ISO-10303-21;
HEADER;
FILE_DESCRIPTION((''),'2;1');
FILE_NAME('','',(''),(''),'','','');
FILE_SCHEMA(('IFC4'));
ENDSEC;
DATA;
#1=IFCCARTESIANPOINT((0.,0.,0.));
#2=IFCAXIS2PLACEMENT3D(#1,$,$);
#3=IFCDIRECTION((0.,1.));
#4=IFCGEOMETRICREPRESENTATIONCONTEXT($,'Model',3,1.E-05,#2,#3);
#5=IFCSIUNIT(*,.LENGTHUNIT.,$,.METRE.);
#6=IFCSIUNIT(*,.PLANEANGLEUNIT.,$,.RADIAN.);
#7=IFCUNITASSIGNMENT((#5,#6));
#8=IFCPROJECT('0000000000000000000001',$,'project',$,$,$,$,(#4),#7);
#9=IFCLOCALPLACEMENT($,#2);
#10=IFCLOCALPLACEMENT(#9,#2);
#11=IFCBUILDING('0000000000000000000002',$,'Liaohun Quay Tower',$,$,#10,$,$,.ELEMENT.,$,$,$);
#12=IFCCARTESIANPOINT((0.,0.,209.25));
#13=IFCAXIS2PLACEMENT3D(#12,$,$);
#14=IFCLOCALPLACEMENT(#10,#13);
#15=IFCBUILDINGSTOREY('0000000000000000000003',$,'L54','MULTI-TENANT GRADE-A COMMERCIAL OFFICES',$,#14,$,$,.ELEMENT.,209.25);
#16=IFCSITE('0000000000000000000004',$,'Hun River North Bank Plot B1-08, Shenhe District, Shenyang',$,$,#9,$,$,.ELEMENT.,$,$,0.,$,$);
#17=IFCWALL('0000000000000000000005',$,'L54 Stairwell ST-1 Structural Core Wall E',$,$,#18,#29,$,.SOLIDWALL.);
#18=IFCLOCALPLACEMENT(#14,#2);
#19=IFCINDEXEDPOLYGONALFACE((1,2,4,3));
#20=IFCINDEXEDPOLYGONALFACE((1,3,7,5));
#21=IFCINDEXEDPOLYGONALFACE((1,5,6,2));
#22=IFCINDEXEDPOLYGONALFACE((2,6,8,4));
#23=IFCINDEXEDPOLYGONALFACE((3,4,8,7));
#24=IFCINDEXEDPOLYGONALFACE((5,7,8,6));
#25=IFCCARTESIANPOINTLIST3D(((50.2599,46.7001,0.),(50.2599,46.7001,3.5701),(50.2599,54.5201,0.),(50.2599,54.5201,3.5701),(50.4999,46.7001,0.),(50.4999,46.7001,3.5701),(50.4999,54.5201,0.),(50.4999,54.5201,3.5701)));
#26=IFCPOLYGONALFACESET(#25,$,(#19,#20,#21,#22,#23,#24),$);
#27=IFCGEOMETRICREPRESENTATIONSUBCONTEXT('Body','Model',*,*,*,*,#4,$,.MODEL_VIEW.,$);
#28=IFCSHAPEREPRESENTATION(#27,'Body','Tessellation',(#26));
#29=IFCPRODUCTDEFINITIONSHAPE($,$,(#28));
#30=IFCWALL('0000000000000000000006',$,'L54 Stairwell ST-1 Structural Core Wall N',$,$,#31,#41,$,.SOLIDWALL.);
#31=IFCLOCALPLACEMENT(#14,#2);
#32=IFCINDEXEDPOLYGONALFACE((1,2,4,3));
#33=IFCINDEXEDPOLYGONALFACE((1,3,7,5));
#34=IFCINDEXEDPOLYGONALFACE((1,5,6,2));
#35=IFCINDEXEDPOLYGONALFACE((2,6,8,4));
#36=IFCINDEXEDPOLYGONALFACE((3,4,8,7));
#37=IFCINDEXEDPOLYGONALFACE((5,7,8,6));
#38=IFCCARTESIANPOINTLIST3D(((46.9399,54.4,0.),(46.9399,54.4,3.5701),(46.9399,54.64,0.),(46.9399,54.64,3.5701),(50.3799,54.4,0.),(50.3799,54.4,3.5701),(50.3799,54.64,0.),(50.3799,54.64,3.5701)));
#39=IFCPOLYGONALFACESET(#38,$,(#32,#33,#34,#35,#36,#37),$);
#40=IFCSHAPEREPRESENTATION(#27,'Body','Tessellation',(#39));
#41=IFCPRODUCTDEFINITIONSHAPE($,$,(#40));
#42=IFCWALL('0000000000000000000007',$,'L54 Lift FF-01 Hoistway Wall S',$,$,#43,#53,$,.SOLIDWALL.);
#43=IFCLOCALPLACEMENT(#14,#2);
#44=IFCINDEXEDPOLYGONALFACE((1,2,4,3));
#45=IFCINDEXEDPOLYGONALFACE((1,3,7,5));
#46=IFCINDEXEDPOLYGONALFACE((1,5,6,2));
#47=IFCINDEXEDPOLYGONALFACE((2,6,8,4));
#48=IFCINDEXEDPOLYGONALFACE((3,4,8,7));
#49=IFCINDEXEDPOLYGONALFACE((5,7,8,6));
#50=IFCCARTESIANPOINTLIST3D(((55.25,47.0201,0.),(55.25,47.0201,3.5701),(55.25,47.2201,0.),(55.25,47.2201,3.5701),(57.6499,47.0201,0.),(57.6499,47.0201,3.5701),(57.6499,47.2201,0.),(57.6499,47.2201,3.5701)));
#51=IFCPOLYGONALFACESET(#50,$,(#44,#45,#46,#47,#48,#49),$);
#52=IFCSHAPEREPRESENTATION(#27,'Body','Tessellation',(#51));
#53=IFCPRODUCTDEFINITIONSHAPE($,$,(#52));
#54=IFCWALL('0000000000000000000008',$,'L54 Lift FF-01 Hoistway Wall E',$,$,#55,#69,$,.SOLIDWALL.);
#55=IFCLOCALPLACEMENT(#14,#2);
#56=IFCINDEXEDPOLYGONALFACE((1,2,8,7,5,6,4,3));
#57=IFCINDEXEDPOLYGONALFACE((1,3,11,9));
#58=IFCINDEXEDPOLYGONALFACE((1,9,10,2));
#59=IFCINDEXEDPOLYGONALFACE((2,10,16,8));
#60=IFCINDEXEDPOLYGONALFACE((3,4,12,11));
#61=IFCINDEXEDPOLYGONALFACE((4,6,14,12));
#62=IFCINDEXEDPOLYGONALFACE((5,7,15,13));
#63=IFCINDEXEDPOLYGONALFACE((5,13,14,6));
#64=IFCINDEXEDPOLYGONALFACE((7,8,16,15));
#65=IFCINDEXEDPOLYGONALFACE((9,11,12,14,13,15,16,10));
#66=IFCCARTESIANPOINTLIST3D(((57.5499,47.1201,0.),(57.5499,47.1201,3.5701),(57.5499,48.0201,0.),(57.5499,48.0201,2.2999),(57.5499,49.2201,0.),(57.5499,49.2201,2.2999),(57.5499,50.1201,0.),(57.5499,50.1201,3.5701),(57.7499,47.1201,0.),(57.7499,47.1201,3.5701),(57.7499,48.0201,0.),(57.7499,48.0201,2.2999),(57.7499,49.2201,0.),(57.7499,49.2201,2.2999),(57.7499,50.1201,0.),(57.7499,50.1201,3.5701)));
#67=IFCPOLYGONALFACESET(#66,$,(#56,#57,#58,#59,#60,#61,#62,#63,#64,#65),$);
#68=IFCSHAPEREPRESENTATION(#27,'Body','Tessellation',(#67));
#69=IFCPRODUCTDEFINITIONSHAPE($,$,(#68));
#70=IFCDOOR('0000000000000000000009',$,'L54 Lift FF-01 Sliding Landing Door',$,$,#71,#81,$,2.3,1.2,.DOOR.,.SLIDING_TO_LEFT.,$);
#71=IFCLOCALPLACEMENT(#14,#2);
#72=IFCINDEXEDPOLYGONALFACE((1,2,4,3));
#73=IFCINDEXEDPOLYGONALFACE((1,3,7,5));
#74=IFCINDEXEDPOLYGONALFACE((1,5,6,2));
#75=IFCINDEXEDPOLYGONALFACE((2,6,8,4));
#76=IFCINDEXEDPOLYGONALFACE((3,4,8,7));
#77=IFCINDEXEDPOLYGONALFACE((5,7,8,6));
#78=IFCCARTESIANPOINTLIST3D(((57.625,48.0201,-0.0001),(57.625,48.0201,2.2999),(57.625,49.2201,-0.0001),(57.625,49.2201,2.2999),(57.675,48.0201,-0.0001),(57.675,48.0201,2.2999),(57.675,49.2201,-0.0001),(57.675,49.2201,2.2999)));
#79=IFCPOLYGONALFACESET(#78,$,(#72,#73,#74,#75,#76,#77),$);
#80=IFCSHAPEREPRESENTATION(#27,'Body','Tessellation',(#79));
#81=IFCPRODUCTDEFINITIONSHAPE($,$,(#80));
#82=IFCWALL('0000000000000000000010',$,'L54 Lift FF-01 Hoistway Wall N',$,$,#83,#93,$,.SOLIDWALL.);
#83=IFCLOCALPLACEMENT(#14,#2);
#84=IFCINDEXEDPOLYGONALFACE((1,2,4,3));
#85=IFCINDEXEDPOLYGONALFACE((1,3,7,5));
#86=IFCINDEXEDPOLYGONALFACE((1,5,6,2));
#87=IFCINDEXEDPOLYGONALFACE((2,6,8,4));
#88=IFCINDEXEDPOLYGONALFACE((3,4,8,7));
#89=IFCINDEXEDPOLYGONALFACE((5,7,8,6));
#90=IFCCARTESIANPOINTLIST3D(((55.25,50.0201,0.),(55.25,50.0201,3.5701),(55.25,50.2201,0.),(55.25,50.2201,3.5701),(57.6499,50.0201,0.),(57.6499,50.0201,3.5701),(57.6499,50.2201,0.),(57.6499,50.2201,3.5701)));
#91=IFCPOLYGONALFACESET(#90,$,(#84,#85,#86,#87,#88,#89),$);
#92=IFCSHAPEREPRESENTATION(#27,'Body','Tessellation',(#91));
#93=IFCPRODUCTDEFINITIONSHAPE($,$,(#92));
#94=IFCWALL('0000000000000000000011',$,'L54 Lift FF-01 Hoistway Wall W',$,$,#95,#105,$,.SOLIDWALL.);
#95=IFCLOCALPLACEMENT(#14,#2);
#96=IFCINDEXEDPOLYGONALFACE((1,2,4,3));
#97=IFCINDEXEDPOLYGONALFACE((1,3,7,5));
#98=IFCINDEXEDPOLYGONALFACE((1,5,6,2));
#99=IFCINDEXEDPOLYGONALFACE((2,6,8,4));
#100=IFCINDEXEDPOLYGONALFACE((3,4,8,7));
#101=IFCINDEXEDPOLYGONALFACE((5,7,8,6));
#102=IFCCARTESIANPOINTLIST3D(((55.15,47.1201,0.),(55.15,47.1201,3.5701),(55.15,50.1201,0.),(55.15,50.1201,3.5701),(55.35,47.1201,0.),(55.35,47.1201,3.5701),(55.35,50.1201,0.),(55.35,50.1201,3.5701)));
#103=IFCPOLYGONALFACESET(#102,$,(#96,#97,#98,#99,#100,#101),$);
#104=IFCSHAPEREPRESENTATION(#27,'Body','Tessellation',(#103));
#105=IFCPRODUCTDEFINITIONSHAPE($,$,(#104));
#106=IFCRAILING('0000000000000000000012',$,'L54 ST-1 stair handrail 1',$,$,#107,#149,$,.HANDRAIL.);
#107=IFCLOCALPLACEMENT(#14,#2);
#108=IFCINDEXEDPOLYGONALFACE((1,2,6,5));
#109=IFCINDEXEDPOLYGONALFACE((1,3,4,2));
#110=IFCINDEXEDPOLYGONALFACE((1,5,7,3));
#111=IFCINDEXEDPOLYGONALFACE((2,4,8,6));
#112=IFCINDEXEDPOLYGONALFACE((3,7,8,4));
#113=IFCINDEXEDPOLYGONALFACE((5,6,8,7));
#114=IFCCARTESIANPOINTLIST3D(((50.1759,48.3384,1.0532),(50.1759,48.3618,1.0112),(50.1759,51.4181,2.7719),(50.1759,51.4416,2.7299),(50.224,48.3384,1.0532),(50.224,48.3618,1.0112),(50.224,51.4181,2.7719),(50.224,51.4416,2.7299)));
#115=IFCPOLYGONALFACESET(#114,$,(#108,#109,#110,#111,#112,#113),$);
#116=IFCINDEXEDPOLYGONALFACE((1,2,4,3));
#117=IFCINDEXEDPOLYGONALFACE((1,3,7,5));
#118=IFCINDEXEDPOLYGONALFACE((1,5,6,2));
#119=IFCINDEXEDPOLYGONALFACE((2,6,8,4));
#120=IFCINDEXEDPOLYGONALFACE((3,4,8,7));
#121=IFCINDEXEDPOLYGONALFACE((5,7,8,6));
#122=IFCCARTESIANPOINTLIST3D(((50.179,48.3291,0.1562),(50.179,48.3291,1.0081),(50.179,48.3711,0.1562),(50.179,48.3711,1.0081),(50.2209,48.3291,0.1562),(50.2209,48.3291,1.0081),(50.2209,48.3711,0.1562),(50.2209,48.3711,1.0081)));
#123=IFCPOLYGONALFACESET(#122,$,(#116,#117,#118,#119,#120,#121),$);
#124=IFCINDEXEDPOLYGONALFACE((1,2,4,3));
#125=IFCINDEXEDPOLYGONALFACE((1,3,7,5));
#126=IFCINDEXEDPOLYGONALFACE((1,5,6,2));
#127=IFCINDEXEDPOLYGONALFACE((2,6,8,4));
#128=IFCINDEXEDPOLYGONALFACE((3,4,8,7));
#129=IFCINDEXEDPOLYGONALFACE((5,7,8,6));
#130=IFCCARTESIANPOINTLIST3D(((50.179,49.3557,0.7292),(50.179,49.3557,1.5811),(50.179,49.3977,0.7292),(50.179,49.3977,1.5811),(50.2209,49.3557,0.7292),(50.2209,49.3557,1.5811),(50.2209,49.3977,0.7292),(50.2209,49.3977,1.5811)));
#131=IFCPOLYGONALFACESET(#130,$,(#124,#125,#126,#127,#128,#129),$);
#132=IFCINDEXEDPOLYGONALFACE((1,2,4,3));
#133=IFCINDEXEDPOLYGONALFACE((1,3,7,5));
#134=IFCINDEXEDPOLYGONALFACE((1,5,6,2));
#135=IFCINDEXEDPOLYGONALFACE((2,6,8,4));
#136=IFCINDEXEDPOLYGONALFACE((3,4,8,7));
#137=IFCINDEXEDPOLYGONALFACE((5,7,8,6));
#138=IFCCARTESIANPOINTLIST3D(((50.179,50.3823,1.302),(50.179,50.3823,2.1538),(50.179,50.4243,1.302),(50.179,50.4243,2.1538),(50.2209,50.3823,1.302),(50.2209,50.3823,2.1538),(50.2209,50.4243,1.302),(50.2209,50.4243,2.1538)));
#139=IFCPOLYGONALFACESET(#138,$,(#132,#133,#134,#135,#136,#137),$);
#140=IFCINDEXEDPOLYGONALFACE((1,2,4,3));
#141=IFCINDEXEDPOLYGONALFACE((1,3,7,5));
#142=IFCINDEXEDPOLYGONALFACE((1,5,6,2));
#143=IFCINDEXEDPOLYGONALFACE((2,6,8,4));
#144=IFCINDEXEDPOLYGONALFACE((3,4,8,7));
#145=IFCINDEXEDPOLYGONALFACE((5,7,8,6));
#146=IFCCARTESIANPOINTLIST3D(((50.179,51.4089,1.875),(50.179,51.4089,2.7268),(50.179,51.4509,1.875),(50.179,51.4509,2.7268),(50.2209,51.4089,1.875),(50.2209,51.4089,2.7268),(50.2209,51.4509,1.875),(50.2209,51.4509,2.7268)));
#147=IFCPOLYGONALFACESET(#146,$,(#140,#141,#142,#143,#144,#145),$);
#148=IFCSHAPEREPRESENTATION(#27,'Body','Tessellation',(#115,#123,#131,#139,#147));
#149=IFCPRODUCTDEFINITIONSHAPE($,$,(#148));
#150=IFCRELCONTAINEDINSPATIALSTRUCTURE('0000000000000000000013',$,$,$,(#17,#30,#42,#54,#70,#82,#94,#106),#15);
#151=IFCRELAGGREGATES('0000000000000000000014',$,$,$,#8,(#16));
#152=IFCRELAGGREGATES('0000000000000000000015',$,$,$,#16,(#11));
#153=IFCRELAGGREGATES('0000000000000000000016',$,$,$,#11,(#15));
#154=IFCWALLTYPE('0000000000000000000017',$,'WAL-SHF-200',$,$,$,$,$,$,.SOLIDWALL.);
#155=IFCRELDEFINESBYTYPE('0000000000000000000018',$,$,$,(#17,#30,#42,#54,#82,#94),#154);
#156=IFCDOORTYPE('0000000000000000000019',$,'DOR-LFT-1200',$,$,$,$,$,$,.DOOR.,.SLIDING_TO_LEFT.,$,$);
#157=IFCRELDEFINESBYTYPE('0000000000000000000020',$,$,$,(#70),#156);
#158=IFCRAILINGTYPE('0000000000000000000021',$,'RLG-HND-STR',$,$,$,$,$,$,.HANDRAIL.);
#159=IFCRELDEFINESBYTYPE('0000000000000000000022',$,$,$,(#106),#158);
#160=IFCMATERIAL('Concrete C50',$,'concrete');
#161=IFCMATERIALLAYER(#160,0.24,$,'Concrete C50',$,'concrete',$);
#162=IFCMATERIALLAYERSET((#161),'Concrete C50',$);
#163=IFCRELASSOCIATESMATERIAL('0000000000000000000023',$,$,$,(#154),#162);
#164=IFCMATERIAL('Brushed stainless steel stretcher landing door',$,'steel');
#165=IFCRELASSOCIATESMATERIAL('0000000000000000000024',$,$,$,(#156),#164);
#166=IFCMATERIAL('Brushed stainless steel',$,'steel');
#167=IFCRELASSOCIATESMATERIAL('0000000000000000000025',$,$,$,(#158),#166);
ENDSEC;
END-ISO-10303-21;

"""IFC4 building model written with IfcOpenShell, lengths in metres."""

from ifc_helpers import new_model, si_unit, direction, frame, frame_2d, origin, origin_2d, place, context, subcontext, project, spatial, rectangle, extrude, source, transform, mapped, material, layer, layer_set, type_object, element, fill, save


model = new_model("IFC4")

# Units and contexts
model_context = context("Model", 3, precision=1e-05, world=origin(), true_north=direction((0.0, 1.0)))
body_context = subcontext(model_context, "Body", "Model", "MODEL_VIEW")
ifc_project = project(units=[si_unit("LENGTHUNIT", "METRE"), si_unit("PLANEANGLEUNIT", "RADIAN")], contexts=[model_context])

# Site, building, storey
site_placement = place(None, origin())
site = spatial("IfcSite", under=ifc_project, at=site_placement, Name="Hun River North Bank Plot B1-08, Shenhe District, Shenyang", CompositionType="ELEMENT", RefElevation=0.0)
building_placement = place(site_placement, origin())
building = spatial("IfcBuilding", under=site, at=building_placement, Name="Liaohun Quay Tower", CompositionType="ELEMENT")
storey_placement = place(building_placement, frame((0.0, 0.0, 209.25)))
storey = spatial("IfcBuildingStorey", under=building, at=storey_placement, Name="L54", Description="MULTI-TENANT GRADE-A COMMERCIAL OFFICES", CompositionType="ELEMENT", Elevation=209.25)

# Walls
ifc_material_1 = material(Name="Concrete C50", Category="concrete")
ifc_layer_1 = layer(ifc_material_1, 0.24, Name="Concrete C50", Category="concrete")
ifc_layer_set_1 = layer_set([ifc_layer_1], Name="Concrete C50")
wall_type_1 = type_object("IfcWallType", Name="WAL-SHF-200", PredefinedType="SOLIDWALL", material=ifc_layer_set_1)
wall_1_placement = place(storey_placement, frame((50.3799, 46.7, 0.0), z_axis=(0.0, 0.0, 1.0), x_axis=(0.0, 1.0, 0.0)))
element("IfcWall", 1, at=wall_1_placement, inside=storey, type_object=wall_type_1, Name="L54 Stairwell ST-1 Structural Core Wall E", PredefinedType="SOLIDWALL", context=body_context, shape_type="SweptSolid", body=[
    extrude(rectangle(XDim=7.8201, YDim=0.24, at=frame_2d((3.9102, 0.0))), origin(), (0.0, 0.0, 1.0), 3.5701),
])
wall_2_placement = place(storey_placement, frame((50.3799, 54.52, 0.0), z_axis=(0.0, 0.0, 1.0), x_axis=(-1.0, 0.0, 0.0)))
element("IfcWall", 2, at=wall_2_placement, inside=storey, type_object=wall_type_1, Name="L54 Stairwell ST-1 Structural Core Wall N", PredefinedType="SOLIDWALL", context=body_context, shape_type="SweptSolid", body=[
    extrude(rectangle(XDim=3.4399, YDim=0.24, at=frame_2d((1.72, 0.0))), origin(), (0.0, 0.0, 1.0), 3.5701),
])
wall_3_placement = place(storey_placement, frame((55.25, 47.1201, 0.0), z_axis=(0.0, 0.0, 1.0), x_axis=(1.0, 0.0, 0.0)))
element("IfcWall", 3, at=wall_3_placement, inside=storey, type_object=wall_type_1, Name="L54 Lift FF-01 Hoistway Wall S", PredefinedType="SOLIDWALL", context=body_context, shape_type="SweptSolid", body=[
    extrude(rectangle(XDim=2.3999, YDim=0.2, at=frame_2d((1.2, 0.0))), origin(), (0.0, 0.0, 1.0), 3.5701),
])

# Wall, opening, door
wall_4_placement = place(storey_placement, frame((57.6499, 47.1201, 0.0), z_axis=(0.0, 0.0, 1.0), x_axis=(0.0, 1.0, 0.0)))
wall_4 = element("IfcWall", 4, at=wall_4_placement, inside=storey, type_object=wall_type_1, Name="L54 Lift FF-01 Hoistway Wall E", PredefinedType="SOLIDWALL", context=body_context, shape_type="SweptSolid", body=[
    extrude(rectangle(XDim=3.0, YDim=0.2, at=frame_2d((1.5, 0.0))), origin(), (0.0, 0.0, 1.0), 3.5701),
])
shared_shape_1 = source(origin(), body_context, "Body", "SweptSolid", [
    extrude(rectangle(XDim=1.2, YDim=2.3, at=frame_2d((0.6001, 1.1499))), frame((0.0, 0.1099, 0.0), z_axis=(0.0, -1.0, 0.0), x_axis=(1.0, 0.0, 0.0)), (0.0, 0.0, 1.0), 0.22),
])
opening_1_placement = place(wall_4_placement, frame((0.8999, 0.0, 0.0)))
opening_1 = element("IfcOpeningElement", 5, at=opening_1_placement, cuts=wall_4, PredefinedType="OPENING", context=body_context, shape_type="MappedRepresentation", body=[
    mapped(shared_shape_1, transform((0.0, 0.0, 0.0), x_axis=(1.0, 0.0, 0.0), y_axis=(0.0, 1.0, 0.0), z_axis=(0.0, 0.0, 1.0), scale=1.0)),
])
ifc_material_2 = material(Name="Brushed stainless steel stretcher landing door", Category="steel")
door_type_1 = type_object("IfcDoorType", Name="DOR-LFT-1200", OperationType="SLIDING_TO_LEFT", PredefinedType="DOOR", material=ifc_material_2)
shared_shape_2 = source(origin(), body_context, "Body", "SweptSolid", [
    extrude(rectangle(XDim=1.2, YDim=2.3, at=frame_2d((0.6001, 1.1499))), frame((0.0, 0.0249, 0.0), z_axis=(0.0, -1.0, 0.0), x_axis=(1.0, 0.0, 0.0)), (0.0, 0.0, 1.0), 0.05),
])
door_1_placement = place(opening_1_placement, origin())
door_1 = element("IfcDoor", 6, at=door_1_placement, inside=storey, type_object=door_type_1, Name="L54 Lift FF-01 Sliding Landing Door", OperationType="SLIDING_TO_LEFT", OverallHeight=2.3, OverallWidth=1.2, PredefinedType="DOOR", context=body_context, shape_type="MappedRepresentation", body=[
    mapped(shared_shape_2, transform((0.0, 0.0, 0.0), x_axis=(1.0, 0.0, 0.0), y_axis=(0.0, 1.0, 0.0), z_axis=(0.0, 0.0, 1.0), scale=1.0)),
])
fill(opening_1, door_1)

# Walls
wall_5_placement = place(storey_placement, frame((57.6499, 50.1201, 0.0), z_axis=(0.0, 0.0, 1.0), x_axis=(-1.0, 0.0, 0.0)))
element("IfcWall", 7, at=wall_5_placement, inside=storey, type_object=wall_type_1, Name="L54 Lift FF-01 Hoistway Wall N", PredefinedType="SOLIDWALL", context=body_context, shape_type="SweptSolid", body=[
    extrude(rectangle(XDim=2.3999, YDim=0.2, at=frame_2d((1.2, 0.0))), origin(), (0.0, 0.0, 1.0), 3.5701),
])
wall_6_placement = place(storey_placement, frame((55.25, 50.1201, 0.0), z_axis=(0.0, 0.0, 1.0), x_axis=(0.0, -1.0, 0.0)))
element("IfcWall", 8, at=wall_6_placement, inside=storey, type_object=wall_type_1, Name="L54 Lift FF-01 Hoistway Wall W", PredefinedType="SOLIDWALL", context=body_context, shape_type="SweptSolid", body=[
    extrude(rectangle(XDim=3.0, YDim=0.2, at=frame_2d((1.5, 0.0))), origin(), (0.0, 0.0, 1.0), 3.5701),
])

# Railing
ifc_material_3 = material(Name="Brushed stainless steel", Category="steel")
railing_type = type_object("IfcRailingType", Name="RLG-HND-STR", PredefinedType="HANDRAIL", material=ifc_material_3)
railing_placement = place(storey_placement, frame((50.2, 48.3501, 0.1562)))
element("IfcRailing", 9, at=railing_placement, inside=storey, type_object=railing_type, Name="L54 ST-1 stair handrail 1", PredefinedType="HANDRAIL", context=body_context, shape_type="SweptSolid", body=[
    extrude(rectangle(XDim=0.0481, YDim=0.0481, at=origin_2d()), frame((0.0, 0.0, 0.876), z_axis=(0.0, 0.873225, 0.487317), x_axis=(-1.0, 0.0, 0.0)), (0.0, 0.0, 1.0), 3.5269),
    extrude(rectangle(XDim=0.042, YDim=0.042, at=origin_2d()), origin(), (0.0, 0.0, 1.0), 0.8518),
    extrude(rectangle(XDim=0.042, YDim=0.042, at=origin_2d()), frame((0.0, 1.0266, 0.573)), (0.0, 0.0, 1.0), 0.8518),
    extrude(rectangle(XDim=0.042, YDim=0.042, at=origin_2d()), frame((0.0, 2.0532, 1.1458)), (0.0, 0.0, 1.0), 0.8518),
    extrude(rectangle(XDim=0.042, YDim=0.042, at=origin_2d()), frame((0.0, 3.0798, 1.7188)), (0.0, 0.0, 1.0), 0.8518),
])

save(model, "model.ifc")
